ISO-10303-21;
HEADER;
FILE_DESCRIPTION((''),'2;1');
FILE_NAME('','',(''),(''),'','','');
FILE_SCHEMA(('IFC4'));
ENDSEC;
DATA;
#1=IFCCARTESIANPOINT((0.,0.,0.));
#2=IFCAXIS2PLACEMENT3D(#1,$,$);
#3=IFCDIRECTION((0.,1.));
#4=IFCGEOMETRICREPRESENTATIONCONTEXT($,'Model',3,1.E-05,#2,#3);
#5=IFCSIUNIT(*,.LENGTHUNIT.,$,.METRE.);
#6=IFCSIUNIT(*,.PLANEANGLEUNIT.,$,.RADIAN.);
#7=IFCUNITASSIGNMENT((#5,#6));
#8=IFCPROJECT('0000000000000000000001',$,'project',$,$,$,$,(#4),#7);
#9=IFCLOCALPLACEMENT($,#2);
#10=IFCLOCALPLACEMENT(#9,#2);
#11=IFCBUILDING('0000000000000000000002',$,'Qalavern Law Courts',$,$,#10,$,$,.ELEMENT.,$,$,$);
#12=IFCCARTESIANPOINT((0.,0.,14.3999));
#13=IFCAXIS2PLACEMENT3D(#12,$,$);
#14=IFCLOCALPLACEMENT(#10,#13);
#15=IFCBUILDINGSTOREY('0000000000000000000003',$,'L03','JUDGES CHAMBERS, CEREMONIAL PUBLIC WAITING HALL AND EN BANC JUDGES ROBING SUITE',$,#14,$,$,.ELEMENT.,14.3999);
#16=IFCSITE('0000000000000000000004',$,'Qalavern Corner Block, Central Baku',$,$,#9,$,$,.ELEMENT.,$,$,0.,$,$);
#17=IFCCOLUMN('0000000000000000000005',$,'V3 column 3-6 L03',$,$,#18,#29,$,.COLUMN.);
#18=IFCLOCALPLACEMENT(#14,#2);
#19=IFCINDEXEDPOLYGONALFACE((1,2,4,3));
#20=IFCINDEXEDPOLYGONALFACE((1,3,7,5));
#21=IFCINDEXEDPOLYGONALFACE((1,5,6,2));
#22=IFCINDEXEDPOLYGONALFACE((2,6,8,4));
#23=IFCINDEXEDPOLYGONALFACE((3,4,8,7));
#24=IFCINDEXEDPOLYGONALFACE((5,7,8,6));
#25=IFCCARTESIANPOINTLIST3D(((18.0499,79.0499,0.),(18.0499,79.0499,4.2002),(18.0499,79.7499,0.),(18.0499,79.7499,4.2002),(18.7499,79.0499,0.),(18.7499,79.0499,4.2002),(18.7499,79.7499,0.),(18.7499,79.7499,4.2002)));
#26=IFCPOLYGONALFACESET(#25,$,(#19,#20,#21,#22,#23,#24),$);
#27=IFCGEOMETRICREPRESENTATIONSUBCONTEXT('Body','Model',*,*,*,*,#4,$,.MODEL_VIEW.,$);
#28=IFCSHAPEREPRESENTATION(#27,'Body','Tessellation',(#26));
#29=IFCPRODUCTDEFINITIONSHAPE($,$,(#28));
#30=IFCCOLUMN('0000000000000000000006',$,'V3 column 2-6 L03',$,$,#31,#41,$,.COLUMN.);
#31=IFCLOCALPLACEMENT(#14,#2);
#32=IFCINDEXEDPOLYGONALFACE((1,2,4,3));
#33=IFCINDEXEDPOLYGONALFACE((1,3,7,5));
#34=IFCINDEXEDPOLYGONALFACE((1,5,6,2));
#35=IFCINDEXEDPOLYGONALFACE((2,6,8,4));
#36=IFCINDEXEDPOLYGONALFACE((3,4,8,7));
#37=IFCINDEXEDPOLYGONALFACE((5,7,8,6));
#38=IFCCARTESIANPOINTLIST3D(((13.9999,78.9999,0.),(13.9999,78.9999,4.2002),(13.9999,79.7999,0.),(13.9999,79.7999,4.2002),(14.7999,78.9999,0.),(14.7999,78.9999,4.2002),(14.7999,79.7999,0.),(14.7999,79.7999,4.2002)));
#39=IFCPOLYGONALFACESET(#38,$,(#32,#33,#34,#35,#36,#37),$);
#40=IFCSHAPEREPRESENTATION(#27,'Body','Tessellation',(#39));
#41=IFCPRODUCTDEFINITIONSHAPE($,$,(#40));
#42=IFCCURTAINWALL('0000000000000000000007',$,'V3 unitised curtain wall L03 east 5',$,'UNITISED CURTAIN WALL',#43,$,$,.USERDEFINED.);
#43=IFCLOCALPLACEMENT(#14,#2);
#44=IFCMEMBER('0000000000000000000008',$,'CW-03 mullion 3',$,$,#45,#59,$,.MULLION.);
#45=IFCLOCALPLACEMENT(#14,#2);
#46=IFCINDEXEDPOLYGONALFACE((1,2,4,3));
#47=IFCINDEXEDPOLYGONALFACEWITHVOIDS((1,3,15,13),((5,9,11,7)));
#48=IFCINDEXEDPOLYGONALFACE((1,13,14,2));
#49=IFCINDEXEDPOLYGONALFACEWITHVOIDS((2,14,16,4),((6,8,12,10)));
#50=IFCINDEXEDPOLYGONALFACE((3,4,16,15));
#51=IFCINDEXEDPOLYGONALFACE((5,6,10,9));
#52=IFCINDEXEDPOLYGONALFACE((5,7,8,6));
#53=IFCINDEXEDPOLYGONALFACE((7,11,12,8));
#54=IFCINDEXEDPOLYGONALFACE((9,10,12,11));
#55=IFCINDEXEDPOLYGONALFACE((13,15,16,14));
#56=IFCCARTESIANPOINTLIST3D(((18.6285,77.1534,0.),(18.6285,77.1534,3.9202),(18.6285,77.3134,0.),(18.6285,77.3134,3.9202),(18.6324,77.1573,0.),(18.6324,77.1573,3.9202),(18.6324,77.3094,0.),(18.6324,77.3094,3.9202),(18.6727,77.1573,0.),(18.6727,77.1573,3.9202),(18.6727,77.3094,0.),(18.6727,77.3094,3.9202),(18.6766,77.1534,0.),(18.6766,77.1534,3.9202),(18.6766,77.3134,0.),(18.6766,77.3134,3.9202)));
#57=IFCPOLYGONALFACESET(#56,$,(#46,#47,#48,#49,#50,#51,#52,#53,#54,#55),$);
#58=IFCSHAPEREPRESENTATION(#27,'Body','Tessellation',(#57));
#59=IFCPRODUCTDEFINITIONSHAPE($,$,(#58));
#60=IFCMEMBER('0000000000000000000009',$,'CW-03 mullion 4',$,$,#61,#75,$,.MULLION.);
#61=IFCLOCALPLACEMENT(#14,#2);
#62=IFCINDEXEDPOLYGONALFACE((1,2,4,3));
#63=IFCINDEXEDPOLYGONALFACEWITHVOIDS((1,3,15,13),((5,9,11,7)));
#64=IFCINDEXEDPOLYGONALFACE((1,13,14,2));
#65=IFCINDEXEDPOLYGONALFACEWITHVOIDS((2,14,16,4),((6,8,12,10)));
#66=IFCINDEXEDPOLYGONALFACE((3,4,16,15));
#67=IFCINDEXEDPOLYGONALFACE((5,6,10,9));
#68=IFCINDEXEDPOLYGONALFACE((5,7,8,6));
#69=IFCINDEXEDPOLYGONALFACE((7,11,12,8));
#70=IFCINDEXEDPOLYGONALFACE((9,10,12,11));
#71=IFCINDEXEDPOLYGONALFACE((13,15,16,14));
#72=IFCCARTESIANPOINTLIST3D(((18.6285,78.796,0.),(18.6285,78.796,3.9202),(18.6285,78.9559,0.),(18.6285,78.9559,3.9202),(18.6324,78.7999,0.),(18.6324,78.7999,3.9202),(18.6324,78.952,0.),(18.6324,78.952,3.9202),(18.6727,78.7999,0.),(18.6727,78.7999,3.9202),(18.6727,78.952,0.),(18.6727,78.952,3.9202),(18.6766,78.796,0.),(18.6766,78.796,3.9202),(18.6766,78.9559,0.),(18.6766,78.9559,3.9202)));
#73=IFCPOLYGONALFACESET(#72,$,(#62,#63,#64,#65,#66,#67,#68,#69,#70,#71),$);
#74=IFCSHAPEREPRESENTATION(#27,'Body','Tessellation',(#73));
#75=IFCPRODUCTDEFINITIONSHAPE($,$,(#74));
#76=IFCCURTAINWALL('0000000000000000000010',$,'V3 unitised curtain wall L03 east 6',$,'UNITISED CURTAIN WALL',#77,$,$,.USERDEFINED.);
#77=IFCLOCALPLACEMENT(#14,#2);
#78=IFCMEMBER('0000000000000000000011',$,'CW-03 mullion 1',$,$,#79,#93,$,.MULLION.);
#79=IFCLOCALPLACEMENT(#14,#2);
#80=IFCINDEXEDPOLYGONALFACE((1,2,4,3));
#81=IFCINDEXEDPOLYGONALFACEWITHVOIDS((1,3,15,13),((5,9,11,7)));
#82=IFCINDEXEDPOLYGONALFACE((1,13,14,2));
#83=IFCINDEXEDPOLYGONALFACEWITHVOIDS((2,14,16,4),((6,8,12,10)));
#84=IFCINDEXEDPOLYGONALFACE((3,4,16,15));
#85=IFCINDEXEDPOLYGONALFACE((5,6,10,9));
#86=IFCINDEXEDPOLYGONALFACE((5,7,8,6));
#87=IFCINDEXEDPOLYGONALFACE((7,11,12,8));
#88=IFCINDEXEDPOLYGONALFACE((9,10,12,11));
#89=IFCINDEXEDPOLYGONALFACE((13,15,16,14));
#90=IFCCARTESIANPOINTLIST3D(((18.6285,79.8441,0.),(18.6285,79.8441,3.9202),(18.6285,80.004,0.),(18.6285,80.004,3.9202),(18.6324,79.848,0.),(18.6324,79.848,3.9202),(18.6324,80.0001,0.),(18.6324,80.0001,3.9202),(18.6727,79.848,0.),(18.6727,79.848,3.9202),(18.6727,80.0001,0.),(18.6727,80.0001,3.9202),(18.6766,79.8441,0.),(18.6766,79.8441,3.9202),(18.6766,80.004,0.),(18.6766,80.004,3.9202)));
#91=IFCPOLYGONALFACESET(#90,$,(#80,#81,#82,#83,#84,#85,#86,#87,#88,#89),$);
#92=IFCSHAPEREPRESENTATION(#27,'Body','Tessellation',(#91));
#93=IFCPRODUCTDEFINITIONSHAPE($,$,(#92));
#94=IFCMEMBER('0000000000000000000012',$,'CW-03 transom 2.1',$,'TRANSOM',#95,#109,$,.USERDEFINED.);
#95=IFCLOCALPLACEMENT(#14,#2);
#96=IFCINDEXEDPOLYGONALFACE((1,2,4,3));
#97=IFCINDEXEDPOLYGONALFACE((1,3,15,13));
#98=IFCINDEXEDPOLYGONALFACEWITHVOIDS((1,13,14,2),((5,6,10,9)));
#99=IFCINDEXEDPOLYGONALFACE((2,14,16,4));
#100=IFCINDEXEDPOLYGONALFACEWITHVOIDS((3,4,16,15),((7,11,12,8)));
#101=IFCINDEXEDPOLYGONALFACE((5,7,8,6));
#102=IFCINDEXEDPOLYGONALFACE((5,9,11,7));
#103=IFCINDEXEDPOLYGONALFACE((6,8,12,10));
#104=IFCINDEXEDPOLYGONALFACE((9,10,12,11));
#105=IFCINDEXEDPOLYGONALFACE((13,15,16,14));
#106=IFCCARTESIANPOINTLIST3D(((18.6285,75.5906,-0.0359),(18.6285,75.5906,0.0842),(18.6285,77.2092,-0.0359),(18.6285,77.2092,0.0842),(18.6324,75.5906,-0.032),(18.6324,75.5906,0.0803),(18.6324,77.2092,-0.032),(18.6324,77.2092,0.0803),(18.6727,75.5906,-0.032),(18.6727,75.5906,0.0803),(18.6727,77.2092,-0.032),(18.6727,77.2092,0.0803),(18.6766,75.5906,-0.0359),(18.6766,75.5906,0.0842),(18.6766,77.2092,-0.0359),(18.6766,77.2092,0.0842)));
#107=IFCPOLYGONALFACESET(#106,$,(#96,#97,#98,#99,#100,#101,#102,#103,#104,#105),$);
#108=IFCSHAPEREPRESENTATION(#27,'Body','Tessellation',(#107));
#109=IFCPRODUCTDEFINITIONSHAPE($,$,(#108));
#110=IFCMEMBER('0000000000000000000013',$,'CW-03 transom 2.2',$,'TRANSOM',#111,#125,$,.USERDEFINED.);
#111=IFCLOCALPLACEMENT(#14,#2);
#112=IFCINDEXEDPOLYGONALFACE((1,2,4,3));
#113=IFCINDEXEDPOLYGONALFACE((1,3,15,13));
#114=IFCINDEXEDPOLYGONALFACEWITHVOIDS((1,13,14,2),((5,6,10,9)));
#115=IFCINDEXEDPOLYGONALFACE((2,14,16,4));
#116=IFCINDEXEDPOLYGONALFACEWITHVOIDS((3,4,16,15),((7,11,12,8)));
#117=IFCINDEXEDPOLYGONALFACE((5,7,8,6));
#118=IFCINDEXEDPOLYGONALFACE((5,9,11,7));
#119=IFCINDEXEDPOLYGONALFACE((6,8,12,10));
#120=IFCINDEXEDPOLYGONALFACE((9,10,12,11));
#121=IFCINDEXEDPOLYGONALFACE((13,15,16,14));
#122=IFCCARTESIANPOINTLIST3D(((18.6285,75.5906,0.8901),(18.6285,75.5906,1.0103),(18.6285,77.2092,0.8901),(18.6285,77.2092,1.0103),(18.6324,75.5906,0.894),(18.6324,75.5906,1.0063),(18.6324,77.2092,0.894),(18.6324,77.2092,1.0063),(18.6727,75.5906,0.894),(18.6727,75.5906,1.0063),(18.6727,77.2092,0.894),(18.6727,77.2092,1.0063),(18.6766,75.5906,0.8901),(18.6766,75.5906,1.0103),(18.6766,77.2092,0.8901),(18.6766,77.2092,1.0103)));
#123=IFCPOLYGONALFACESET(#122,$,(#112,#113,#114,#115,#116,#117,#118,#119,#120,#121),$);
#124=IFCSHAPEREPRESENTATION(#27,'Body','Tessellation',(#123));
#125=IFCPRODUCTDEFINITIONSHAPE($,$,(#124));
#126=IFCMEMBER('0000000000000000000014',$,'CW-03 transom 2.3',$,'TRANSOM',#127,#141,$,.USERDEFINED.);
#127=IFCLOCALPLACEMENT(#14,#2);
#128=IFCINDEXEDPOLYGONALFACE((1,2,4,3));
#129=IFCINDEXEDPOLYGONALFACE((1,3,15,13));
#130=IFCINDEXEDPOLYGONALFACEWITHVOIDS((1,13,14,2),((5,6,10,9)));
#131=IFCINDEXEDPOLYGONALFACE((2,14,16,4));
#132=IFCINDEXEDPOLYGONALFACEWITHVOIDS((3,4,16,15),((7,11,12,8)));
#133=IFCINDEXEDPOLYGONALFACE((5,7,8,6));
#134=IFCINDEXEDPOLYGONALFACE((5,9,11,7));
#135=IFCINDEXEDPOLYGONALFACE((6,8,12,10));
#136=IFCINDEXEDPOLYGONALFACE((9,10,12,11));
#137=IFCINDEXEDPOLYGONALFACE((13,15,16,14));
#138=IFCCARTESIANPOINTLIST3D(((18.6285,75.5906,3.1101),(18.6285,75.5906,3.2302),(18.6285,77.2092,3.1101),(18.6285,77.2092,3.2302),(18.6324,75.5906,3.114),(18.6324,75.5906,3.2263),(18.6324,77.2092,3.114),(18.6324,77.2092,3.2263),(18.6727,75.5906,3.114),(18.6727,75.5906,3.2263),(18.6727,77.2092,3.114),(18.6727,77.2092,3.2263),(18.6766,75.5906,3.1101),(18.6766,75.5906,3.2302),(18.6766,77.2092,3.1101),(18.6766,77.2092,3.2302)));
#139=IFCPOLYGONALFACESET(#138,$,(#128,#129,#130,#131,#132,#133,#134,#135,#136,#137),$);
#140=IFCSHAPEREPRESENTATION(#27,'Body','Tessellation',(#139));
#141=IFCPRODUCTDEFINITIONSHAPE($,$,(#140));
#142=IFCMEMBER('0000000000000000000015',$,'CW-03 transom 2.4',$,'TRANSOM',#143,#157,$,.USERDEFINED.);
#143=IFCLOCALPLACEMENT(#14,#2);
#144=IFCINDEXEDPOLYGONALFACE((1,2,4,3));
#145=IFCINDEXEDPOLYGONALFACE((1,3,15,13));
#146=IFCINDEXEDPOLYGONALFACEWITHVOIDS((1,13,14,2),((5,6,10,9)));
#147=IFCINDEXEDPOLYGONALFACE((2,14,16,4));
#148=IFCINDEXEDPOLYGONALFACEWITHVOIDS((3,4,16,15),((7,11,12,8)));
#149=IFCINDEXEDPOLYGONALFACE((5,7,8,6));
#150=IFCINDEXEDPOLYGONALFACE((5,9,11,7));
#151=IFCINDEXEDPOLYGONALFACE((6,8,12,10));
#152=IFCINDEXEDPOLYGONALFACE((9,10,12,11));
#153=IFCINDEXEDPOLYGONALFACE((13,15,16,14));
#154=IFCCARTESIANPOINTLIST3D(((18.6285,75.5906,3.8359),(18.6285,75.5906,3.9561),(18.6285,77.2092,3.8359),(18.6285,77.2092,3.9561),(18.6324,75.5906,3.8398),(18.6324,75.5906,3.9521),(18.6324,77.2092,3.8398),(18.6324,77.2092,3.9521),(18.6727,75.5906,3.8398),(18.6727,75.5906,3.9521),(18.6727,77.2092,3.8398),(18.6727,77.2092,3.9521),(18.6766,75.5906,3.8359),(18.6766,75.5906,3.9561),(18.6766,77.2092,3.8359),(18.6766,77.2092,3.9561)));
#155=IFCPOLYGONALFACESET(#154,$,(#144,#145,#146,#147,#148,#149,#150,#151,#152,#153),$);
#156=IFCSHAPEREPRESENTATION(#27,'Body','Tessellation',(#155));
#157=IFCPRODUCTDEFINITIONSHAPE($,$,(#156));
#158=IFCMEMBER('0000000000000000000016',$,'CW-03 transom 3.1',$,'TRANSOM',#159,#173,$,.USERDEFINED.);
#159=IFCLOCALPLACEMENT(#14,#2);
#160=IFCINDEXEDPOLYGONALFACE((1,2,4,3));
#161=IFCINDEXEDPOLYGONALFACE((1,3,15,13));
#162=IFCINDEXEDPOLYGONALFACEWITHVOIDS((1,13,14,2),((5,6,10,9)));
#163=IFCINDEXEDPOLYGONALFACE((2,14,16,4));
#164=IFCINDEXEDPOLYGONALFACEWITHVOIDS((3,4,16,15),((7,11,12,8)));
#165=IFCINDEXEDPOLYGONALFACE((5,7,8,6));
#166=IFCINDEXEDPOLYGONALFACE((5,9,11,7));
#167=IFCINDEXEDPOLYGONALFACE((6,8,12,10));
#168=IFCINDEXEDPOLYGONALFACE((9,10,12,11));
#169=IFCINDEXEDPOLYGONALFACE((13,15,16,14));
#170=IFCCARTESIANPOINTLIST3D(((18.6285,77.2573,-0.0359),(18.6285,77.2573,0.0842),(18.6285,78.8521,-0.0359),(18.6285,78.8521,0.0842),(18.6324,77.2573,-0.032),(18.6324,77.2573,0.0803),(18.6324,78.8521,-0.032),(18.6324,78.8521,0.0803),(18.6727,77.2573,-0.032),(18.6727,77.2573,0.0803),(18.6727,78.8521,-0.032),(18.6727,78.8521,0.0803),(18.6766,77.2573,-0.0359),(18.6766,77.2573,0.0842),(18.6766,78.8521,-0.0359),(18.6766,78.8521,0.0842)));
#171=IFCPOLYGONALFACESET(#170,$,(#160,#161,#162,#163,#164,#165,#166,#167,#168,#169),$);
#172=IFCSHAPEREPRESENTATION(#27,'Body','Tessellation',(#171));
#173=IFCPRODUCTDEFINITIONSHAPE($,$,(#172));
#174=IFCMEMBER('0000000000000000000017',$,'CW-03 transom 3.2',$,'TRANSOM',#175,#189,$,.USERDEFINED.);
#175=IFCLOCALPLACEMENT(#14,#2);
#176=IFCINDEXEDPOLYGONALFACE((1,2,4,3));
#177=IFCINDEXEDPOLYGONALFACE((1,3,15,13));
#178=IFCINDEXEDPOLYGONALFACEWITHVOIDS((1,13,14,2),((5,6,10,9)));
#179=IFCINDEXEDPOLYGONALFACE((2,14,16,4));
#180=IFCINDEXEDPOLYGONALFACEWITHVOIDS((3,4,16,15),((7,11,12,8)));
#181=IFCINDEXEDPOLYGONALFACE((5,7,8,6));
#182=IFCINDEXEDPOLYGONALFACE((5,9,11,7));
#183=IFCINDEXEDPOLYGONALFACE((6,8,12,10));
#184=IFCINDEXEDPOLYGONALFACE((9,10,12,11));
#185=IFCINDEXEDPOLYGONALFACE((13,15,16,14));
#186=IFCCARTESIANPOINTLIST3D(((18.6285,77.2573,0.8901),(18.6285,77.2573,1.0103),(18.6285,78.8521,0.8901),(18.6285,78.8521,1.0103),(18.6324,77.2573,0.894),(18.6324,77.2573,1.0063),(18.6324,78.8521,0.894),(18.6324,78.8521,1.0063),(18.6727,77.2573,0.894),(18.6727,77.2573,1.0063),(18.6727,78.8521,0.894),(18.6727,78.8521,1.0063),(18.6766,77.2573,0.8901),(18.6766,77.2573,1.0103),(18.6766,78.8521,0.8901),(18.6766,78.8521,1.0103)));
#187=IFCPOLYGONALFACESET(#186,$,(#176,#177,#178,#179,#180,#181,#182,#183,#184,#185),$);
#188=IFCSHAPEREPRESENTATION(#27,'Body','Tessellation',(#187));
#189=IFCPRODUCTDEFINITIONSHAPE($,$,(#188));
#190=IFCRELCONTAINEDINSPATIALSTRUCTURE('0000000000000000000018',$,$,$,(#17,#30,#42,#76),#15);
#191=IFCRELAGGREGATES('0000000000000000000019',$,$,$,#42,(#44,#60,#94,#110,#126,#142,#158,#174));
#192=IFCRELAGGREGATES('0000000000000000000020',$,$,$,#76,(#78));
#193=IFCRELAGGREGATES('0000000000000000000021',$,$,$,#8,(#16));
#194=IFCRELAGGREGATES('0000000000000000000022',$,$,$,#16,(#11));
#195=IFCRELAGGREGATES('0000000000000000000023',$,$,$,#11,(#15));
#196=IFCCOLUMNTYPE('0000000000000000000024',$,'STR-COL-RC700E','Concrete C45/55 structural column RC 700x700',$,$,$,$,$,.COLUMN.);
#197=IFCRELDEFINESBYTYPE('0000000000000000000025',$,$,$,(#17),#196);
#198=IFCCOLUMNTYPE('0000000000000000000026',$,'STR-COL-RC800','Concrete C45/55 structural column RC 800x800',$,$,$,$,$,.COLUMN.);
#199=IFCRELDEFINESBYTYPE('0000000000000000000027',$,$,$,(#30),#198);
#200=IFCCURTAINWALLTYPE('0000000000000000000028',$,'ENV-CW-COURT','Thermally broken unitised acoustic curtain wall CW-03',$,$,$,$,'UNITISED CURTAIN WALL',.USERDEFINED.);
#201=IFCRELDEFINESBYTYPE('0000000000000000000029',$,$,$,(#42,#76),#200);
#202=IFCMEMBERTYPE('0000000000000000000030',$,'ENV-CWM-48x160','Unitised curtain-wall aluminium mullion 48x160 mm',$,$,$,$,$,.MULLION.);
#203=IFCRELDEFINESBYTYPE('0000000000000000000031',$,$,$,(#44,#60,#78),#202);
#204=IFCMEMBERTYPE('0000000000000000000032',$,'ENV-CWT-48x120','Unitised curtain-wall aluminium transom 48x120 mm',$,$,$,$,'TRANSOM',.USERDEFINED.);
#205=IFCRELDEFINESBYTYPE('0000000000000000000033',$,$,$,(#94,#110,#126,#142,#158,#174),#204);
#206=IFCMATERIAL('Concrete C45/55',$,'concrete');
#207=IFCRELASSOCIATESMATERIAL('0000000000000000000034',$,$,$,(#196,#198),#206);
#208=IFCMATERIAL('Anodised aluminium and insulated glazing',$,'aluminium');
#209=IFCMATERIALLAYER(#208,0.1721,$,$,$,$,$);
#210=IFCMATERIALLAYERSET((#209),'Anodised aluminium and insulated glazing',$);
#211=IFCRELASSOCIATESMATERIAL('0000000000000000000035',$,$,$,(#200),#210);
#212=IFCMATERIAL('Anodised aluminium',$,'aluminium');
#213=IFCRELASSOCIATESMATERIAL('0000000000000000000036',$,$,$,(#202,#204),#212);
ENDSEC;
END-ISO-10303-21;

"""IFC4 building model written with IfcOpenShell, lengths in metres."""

from ifc_helpers import new_model, si_unit, direction, frame, origin, origin_2d, place, context, subcontext, project, spatial, rectangle, hollow_rectangle, extrude, material, layer, layer_set, material_profile, profile_set, type_object, element, aggregate, save


model = new_model("IFC4")

# Units and contexts
model_context = context("Model", 3, precision=1e-05, world=origin(), true_north=direction((0.0, 1.0)))
body_context = subcontext(model_context, "Body", "Model", "MODEL_VIEW")
ifc_project = project(units=[si_unit("LENGTHUNIT", "METRE"), si_unit("PLANEANGLEUNIT", "RADIAN")], contexts=[model_context])

# Site, building, storey
site_placement = place(None, origin())
site = spatial("IfcSite", under=ifc_project, at=site_placement, Name="Qalavern Corner Block, Central Baku", CompositionType="ELEMENT", RefElevation=0.0)
building_placement = place(site_placement, origin())
building = spatial("IfcBuilding", under=site, at=building_placement, Name="Qalavern Law Courts", CompositionType="ELEMENT")
storey_placement = place(building_placement, frame((0.0, 0.0, 14.3999)))
storey = spatial("IfcBuildingStorey", under=building, at=storey_placement, Name="L03", Description="JUDGES CHAMBERS, CEREMONIAL PUBLIC WAITING HALL AND EN BANC JUDGES ROBING SUITE", CompositionType="ELEMENT", Elevation=14.3999)

# Columns
ifc_material_1 = material(Name="Concrete C45/55", Category="concrete")
ifc_material_profile_1 = material_profile(ifc_material_1, rectangle(XDim=0.7, YDim=0.7, at=origin_2d()), Name="RC 700x700")
ifc_profile_set_1 = profile_set([ifc_material_profile_1], Name="Concrete C45/55")
column_type_1 = type_object("IfcColumnType", Name="STR-COL-RC700E", Description="Concrete C45/55 structural column RC 700x700", PredefinedType="COLUMN", material=ifc_profile_set_1)
column_1_placement = place(storey_placement, frame((18.3999, 79.3999, 0.0), z_axis=(0.0, 0.0, 1.0), x_axis=(1.0, 0.0, 0.0)))
element("IfcColumn", 1, at=column_1_placement, inside=storey, type_object=column_type_1, Name="V3 column 3-6 L03", PredefinedType="COLUMN", context=body_context, shape_type="SweptSolid", body=[
    extrude(rectangle(XDim=0.7, YDim=0.7, at=origin_2d()), origin(), (0.0, 0.0, 1.0), 4.2002),
])
ifc_material_profile_2 = material_profile(ifc_material_1, rectangle(XDim=0.8, YDim=0.8, at=origin_2d()), Name="RC 800x800")
ifc_profile_set_2 = profile_set([ifc_material_profile_2], Name="Concrete C45/55")
column_type_2 = type_object("IfcColumnType", Name="STR-COL-RC800", Description="Concrete C45/55 structural column RC 800x800", PredefinedType="COLUMN", material=ifc_profile_set_2)
column_2_placement = place(storey_placement, frame((14.3999, 79.3999, 0.0), z_axis=(0.0, 0.0, 1.0), x_axis=(1.0, 0.0, 0.0)))
element("IfcColumn", 2, at=column_2_placement, inside=storey, type_object=column_type_2, Name="V3 column 2-6 L03", PredefinedType="COLUMN", context=body_context, shape_type="SweptSolid", body=[
    extrude(rectangle(XDim=0.8, YDim=0.8, at=origin_2d()), origin(), (0.0, 0.0, 1.0), 4.2002),
])

# Curtain wall, members
ifc_material_2 = material(Name="Anodised aluminium and insulated glazing", Category="aluminium")
ifc_layer_1 = layer(ifc_material_2, 0.1721)
ifc_layer_set_1 = layer_set([ifc_layer_1], Name="Anodised aluminium and insulated glazing")
curtain_wall_type = type_object("IfcCurtainWallType", Name="ENV-CW-COURT", Description="Thermally broken unitised acoustic curtain wall CW-03", ElementType="UNITISED CURTAIN WALL", PredefinedType="USERDEFINED", material=ifc_layer_set_1)
curtain_wall_1_placement = place(storey_placement, origin())
curtain_wall_1 = element("IfcCurtainWall", 3, at=curtain_wall_1_placement, inside=storey, type_object=curtain_wall_type, Name="V3 unitised curtain wall L03 east 5", ObjectType="UNITISED CURTAIN WALL", PredefinedType="USERDEFINED")
ifc_material_3 = material(Name="Anodised aluminium", Category="aluminium")
ifc_material_profile_3 = material_profile(ifc_material_3, hollow_rectangle(XDim=0.0481, YDim=0.1599, WallThickness=0.0039, at=origin_2d()), Name="ALU MULLION 48x160")
ifc_profile_set_3 = profile_set([ifc_material_profile_3], Name="Anodised aluminium")
member_type_1 = type_object("IfcMemberType", Name="ENV-CWM-48x160", Description="Unitised curtain-wall aluminium mullion 48x160 mm", PredefinedType="MULLION", material=ifc_profile_set_3)
member_1_placement = place(storey_placement, frame((18.6526, 77.2334, 0.0), z_axis=(0.0, 0.0, 1.0), x_axis=(-1.0, 0.0, 0.0)))
member_1 = element("IfcMember", 4, at=member_1_placement, type_object=member_type_1, Name="CW-03 mullion 3", PredefinedType="MULLION", context=body_context, shape_type="SweptSolid", body=[
    extrude(hollow_rectangle(XDim=0.0481, YDim=0.1599, WallThickness=0.0039, at=origin_2d()), origin(), (0.0, 0.0, 1.0), 3.9202),
])
member_2_placement = place(storey_placement, frame((18.6526, 78.876, 0.0), z_axis=(0.0, 0.0, 1.0), x_axis=(-1.0, 0.0, 0.0)))
member_2 = element("IfcMember", 5, at=member_2_placement, type_object=member_type_1, Name="CW-03 mullion 4", PredefinedType="MULLION", context=body_context, shape_type="SweptSolid", body=[
    extrude(hollow_rectangle(XDim=0.0481, YDim=0.1599, WallThickness=0.0039, at=origin_2d()), origin(), (0.0, 0.0, 1.0), 3.9202),
])

# Curtain wall, member
curtain_wall_2_placement = place(storey_placement, origin())
curtain_wall_2 = element("IfcCurtainWall", 6, at=curtain_wall_2_placement, inside=storey, type_object=curtain_wall_type, Name="V3 unitised curtain wall L03 east 6", ObjectType="UNITISED CURTAIN WALL", PredefinedType="USERDEFINED")
member_3_placement = place(storey_placement, frame((18.6526, 79.9241, 0.0), z_axis=(0.0, 0.0, 1.0), x_axis=(-1.0, 0.0, 0.0)))
member_3 = element("IfcMember", 7, at=member_3_placement, type_object=member_type_1, Name="CW-03 mullion 1", PredefinedType="MULLION", context=body_context, shape_type="SweptSolid", body=[
    extrude(hollow_rectangle(XDim=0.0481, YDim=0.1599, WallThickness=0.0039, at=origin_2d()), origin(), (0.0, 0.0, 1.0), 3.9202),
])

# Members
ifc_material_profile_4 = material_profile(ifc_material_3, hollow_rectangle(XDim=0.0481, YDim=0.1201, WallThickness=0.0039, at=origin_2d()), Name="ALU TRANSOM 48x120")
ifc_profile_set_4 = profile_set([ifc_material_profile_4], Name="Anodised aluminium")
member_type_2 = type_object("IfcMemberType", Name="ENV-CWT-48x120", Description="Unitised curtain-wall aluminium transom 48x120 mm", ElementType="TRANSOM", PredefinedType="USERDEFINED", material=ifc_profile_set_4)
member_4_placement = place(storey_placement, frame((18.6526, 75.5906, 0.0242), z_axis=(0.0, 1.0, 0.0), x_axis=(-1.0, 0.0, 0.0)))
member_4 = element("IfcMember", 8, at=member_4_placement, type_object=member_type_2, Name="CW-03 transom 2.1", ObjectType="TRANSOM", PredefinedType="USERDEFINED", context=body_context, shape_type="SweptSolid", body=[
    extrude(hollow_rectangle(XDim=0.0481, YDim=0.1201, WallThickness=0.0039, at=origin_2d()), origin(), (0.0, 0.0, 1.0), 1.6187),
])
member_5_placement = place(storey_placement, frame((18.6526, 75.5906, 0.9502), z_axis=(0.0, 1.0, 0.0), x_axis=(-1.0, 0.0, 0.0)))
member_5 = element("IfcMember", 9, at=member_5_placement, type_object=member_type_2, Name="CW-03 transom 2.2", ObjectType="TRANSOM", PredefinedType="USERDEFINED", context=body_context, shape_type="SweptSolid", body=[
    extrude(hollow_rectangle(XDim=0.0481, YDim=0.1201, WallThickness=0.0039, at=origin_2d()), origin(), (0.0, 0.0, 1.0), 1.6187),
])
member_6_placement = place(storey_placement, frame((18.6526, 75.5906, 3.1702), z_axis=(0.0, 1.0, 0.0), x_axis=(-1.0, 0.0, 0.0)))
member_6 = element("IfcMember", 10, at=member_6_placement, type_object=member_type_2, Name="CW-03 transom 2.3", ObjectType="TRANSOM", PredefinedType="USERDEFINED", context=body_context, shape_type="SweptSolid", body=[
    extrude(hollow_rectangle(XDim=0.0481, YDim=0.1201, WallThickness=0.0039, at=origin_2d()), origin(), (0.0, 0.0, 1.0), 1.6187),
])
member_7_placement = place(storey_placement, frame((18.6526, 75.5906, 3.896), z_axis=(0.0, 1.0, 0.0), x_axis=(-1.0, 0.0, 0.0)))
member_7 = element("IfcMember", 11, at=member_7_placement, type_object=member_type_2, Name="CW-03 transom 2.4", ObjectType="TRANSOM", PredefinedType="USERDEFINED", context=body_context, shape_type="SweptSolid", body=[
    extrude(hollow_rectangle(XDim=0.0481, YDim=0.1201, WallThickness=0.0039, at=origin_2d()), origin(), (0.0, 0.0, 1.0), 1.6187),
])
member_8_placement = place(storey_placement, frame((18.6526, 77.2573, 0.0242), z_axis=(0.0, 1.0, 0.0), x_axis=(-1.0, 0.0, 0.0)))
member_8 = element("IfcMember", 12, at=member_8_placement, type_object=member_type_2, Name="CW-03 transom 3.1", ObjectType="TRANSOM", PredefinedType="USERDEFINED", context=body_context, shape_type="SweptSolid", body=[
    extrude(hollow_rectangle(XDim=0.0481, YDim=0.1201, WallThickness=0.0039, at=origin_2d()), origin(), (0.0, 0.0, 1.0), 1.5947),
])
member_9_placement = place(storey_placement, frame((18.6526, 77.2573, 0.9502), z_axis=(0.0, 1.0, 0.0), x_axis=(-1.0, 0.0, 0.0)))
member_9 = element("IfcMember", 13, at=member_9_placement, type_object=member_type_2, Name="CW-03 transom 3.2", ObjectType="TRANSOM", PredefinedType="USERDEFINED", context=body_context, shape_type="SweptSolid", body=[
    extrude(hollow_rectangle(XDim=0.0481, YDim=0.1201, WallThickness=0.0039, at=origin_2d()), origin(), (0.0, 0.0, 1.0), 1.5947),
])

aggregate(curtain_wall_1, [member_1, member_2, member_4, member_5, member_6, member_7, member_8, member_9])
aggregate(curtain_wall_2, [member_3])

save(model, "model.ifc")
